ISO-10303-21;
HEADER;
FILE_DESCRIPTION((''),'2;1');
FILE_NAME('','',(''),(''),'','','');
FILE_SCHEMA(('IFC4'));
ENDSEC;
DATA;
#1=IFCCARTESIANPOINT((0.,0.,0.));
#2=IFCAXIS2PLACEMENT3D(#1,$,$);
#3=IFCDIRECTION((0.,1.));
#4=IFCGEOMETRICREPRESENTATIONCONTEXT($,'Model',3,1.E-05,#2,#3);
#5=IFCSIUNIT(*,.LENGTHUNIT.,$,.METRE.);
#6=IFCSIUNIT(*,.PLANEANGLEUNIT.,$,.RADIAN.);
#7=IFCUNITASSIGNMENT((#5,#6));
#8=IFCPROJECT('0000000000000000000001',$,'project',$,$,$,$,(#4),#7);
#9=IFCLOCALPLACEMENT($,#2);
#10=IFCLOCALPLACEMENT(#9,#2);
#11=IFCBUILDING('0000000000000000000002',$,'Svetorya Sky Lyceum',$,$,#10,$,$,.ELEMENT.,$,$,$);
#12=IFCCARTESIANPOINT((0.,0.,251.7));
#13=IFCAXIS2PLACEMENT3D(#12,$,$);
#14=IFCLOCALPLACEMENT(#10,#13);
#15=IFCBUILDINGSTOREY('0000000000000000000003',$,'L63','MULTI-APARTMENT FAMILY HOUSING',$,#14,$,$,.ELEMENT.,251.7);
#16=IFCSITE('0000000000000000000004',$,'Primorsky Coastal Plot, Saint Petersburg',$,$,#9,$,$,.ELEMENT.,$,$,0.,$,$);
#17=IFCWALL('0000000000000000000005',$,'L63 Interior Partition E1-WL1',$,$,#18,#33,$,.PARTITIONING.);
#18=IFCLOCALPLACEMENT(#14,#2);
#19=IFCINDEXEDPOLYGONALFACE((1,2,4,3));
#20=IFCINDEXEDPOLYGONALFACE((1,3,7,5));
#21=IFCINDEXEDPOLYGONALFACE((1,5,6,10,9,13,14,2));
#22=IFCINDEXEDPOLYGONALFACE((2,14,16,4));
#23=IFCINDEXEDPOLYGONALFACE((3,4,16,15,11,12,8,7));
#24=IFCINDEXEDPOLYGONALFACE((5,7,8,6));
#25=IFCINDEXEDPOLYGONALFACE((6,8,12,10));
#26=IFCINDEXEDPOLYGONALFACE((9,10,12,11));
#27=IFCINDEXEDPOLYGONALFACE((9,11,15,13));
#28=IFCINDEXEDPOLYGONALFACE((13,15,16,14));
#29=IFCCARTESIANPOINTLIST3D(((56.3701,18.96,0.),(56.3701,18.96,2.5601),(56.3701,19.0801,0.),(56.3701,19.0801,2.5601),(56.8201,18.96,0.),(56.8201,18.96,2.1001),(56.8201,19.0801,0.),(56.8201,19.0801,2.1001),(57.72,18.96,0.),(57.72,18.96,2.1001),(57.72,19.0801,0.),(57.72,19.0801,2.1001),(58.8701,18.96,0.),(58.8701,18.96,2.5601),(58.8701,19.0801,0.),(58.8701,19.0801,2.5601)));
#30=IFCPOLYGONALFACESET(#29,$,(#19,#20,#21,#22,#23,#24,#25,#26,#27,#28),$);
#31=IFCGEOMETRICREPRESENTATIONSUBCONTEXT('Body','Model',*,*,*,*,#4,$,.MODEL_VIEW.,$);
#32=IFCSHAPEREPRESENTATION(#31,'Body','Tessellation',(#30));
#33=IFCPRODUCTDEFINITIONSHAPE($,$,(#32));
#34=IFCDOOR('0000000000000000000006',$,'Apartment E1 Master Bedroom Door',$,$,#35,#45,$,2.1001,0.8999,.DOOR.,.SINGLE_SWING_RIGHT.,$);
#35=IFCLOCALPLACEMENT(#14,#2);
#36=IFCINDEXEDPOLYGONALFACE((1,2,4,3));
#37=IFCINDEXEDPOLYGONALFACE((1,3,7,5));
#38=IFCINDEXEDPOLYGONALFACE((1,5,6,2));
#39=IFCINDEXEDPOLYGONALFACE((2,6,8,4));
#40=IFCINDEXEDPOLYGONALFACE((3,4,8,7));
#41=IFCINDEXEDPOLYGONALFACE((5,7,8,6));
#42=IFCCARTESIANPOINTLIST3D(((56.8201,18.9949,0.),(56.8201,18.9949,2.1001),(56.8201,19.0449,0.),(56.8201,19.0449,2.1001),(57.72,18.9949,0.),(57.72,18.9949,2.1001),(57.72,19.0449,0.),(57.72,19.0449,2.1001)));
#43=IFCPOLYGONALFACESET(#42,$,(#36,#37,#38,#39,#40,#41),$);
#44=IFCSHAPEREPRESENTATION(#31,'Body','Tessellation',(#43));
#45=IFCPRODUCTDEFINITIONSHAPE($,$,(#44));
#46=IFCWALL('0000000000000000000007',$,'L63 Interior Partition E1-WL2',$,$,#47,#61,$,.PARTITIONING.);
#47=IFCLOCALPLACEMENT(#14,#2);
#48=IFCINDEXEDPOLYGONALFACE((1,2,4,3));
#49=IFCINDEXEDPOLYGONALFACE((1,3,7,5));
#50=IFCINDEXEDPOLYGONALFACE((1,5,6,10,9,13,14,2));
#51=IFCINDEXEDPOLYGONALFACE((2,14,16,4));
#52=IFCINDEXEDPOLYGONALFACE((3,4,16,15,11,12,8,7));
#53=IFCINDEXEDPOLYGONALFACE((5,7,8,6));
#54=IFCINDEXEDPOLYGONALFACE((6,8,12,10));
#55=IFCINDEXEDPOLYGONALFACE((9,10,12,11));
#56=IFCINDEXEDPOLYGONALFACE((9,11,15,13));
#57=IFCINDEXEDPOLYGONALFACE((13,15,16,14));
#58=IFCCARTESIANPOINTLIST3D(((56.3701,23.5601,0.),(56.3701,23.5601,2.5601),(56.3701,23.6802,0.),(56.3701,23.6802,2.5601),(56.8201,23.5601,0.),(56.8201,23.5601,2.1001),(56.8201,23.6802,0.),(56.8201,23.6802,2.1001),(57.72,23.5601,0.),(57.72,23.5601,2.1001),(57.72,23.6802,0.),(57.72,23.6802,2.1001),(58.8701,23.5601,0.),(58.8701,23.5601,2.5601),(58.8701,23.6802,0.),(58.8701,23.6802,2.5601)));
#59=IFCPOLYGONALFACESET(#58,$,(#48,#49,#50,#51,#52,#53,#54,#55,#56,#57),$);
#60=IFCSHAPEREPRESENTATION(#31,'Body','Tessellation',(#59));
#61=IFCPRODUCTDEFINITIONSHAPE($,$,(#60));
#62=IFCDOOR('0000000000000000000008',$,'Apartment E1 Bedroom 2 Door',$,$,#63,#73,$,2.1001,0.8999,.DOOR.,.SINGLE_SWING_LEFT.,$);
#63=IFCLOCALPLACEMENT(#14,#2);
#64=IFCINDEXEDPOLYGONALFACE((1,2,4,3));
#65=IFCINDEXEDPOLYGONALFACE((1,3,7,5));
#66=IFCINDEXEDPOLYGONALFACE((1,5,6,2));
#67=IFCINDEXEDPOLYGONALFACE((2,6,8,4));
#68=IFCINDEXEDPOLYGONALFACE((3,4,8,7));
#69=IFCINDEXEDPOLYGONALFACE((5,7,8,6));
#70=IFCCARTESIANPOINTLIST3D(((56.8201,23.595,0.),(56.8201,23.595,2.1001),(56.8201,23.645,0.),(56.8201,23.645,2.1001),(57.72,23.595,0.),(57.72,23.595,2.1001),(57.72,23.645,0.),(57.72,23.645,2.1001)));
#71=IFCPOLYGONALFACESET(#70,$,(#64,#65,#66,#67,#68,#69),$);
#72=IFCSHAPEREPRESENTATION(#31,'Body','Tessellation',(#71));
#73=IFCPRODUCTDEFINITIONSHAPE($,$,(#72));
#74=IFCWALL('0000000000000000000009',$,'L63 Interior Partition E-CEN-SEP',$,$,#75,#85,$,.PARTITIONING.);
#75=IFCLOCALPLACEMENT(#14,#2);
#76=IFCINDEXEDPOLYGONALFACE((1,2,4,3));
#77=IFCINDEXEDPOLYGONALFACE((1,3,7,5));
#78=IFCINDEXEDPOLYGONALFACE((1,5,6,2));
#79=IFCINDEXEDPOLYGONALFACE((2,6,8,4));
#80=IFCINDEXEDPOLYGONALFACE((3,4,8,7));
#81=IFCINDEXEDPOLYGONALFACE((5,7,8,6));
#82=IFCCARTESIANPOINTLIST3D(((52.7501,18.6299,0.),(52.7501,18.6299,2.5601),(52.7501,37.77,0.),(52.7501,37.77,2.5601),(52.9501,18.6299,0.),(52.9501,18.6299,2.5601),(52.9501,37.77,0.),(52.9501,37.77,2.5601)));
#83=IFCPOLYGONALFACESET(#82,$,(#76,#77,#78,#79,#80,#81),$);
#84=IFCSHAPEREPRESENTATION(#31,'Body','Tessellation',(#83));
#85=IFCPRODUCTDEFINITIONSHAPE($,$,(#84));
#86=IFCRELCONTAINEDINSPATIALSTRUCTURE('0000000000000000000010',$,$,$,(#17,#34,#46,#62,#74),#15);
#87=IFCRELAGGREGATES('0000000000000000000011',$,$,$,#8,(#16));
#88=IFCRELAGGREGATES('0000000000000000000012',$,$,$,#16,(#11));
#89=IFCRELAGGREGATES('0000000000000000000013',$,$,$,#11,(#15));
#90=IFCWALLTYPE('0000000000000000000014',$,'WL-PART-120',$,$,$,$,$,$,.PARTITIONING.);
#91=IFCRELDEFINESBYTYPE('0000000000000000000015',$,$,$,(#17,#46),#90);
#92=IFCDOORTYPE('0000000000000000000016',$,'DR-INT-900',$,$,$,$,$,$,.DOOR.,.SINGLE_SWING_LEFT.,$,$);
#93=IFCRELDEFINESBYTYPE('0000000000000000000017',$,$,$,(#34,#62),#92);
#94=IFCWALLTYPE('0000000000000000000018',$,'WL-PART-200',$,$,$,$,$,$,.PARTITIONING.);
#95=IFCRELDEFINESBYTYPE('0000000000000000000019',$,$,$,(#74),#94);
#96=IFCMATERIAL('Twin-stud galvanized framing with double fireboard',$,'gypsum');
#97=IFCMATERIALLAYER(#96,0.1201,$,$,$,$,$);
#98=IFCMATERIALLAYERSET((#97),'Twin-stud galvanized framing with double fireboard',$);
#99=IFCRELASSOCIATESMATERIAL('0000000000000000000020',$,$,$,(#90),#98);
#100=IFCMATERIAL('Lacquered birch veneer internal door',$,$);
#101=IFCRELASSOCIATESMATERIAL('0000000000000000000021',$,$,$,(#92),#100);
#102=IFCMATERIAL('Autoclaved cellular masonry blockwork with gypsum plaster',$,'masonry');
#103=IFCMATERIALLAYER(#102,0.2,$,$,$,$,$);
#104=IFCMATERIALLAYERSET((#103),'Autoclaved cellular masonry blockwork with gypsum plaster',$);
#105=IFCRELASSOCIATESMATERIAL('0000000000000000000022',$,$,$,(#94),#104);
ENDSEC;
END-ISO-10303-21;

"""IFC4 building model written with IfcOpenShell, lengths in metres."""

from ifc_helpers import new_model, si_unit, direction, frame, frame_2d, origin, place, context, subcontext, project, spatial, rectangle, extrude, material, layer, layer_set, type_object, element, fill, save


model = new_model("IFC4")

# Units and contexts
model_context = context("Model", 3, precision=1e-05, world=origin(), true_north=direction((0.0, 1.0)))
body_context = subcontext(model_context, "Body", "Model", "MODEL_VIEW")
ifc_project = project(units=[si_unit("LENGTHUNIT", "METRE"), si_unit("PLANEANGLEUNIT", "RADIAN")], contexts=[model_context])

# Site, building, storey
site_placement = place(None, origin())
site = spatial("IfcSite", under=ifc_project, at=site_placement, Name="Primorsky Coastal Plot, Saint Petersburg", CompositionType="ELEMENT", RefElevation=0.0)
building_placement = place(site_placement, origin())
building = spatial("IfcBuilding", under=site, at=building_placement, Name="Svetorya Sky Lyceum", CompositionType="ELEMENT")
storey_placement = place(building_placement, frame((0.0, 0.0, 251.7)))
storey = spatial("IfcBuildingStorey", under=building, at=storey_placement, Name="L63", Description="MULTI-APARTMENT FAMILY HOUSING", CompositionType="ELEMENT", Elevation=251.7)

# Walls, openings, doors
ifc_material_1 = material(Name="Twin-stud galvanized framing with double fireboard", Category="gypsum")
ifc_layer_1 = layer(ifc_material_1, 0.1201)
ifc_layer_set_1 = layer_set([ifc_layer_1], Name="Twin-stud galvanized framing with double fireboard")
wall_type_1 = type_object("IfcWallType", Name="WL-PART-120", PredefinedType="PARTITIONING", material=ifc_layer_set_1)
wall_1_placement = place(storey_placement, frame((56.3701, 19.02, 0.0), z_axis=(0.0, 0.0, 1.0), x_axis=(1.0, 0.0, 0.0)))
wall_1 = element("IfcWall", 1, at=wall_1_placement, inside=storey, type_object=wall_type_1, Name="L63 Interior Partition E1-WL1", PredefinedType="PARTITIONING", context=body_context, shape_type="SweptSolid", body=[
    extrude(rectangle(XDim=2.5, YDim=0.1201, at=frame_2d((1.25, 0.0))), origin(), (0.0, 0.0, 1.0), 2.5601),
])
opening_1_placement = place(wall_1_placement, frame((0.45, 0.0, 0.0)))
opening_1 = element("IfcOpeningElement", 2, at=opening_1_placement, cuts=wall_1, PredefinedType="OPENING", context=body_context, shape_type="SweptSolid", body=[
    extrude(rectangle(XDim=0.8999, YDim=2.1001, at=frame_2d((0.45, 1.05))), frame((0.0, 0.0701, 0.0), z_axis=(0.0, -1.0, 0.0), x_axis=(1.0, 0.0, 0.0)), (0.0, 0.0, 1.0), 0.1401),
])
ifc_material_2 = material(Name="Lacquered birch veneer internal door")
door_type = type_object("IfcDoorType", Name="DR-INT-900", OperationType="SINGLE_SWING_LEFT", PredefinedType="DOOR", material=ifc_material_2)
door_1_placement = place(opening_1_placement, origin())
door_1 = element("IfcDoor", 3, at=door_1_placement, inside=storey, type_object=door_type, Name="Apartment E1 Master Bedroom Door", OperationType="SINGLE_SWING_RIGHT", OverallHeight=2.1001, OverallWidth=0.8999, PredefinedType="DOOR", context=body_context, shape_type="SweptSolid", body=[
    extrude(rectangle(XDim=0.8999, YDim=2.1001, at=frame_2d((0.45, 1.05))), frame((0.0, 0.0249, 0.0), z_axis=(0.0, -1.0, 0.0), x_axis=(1.0, 0.0, 0.0)), (0.0, 0.0, 1.0), 0.05),
])
fill(opening_1, door_1)
wall_2_placement = place(storey_placement, frame((56.3701, 23.6201, 0.0), z_axis=(0.0, 0.0, 1.0), x_axis=(1.0, 0.0, 0.0)))
wall_2 = element("IfcWall", 4, at=wall_2_placement, inside=storey, type_object=wall_type_1, Name="L63 Interior Partition E1-WL2", PredefinedType="PARTITIONING", context=body_context, shape_type="SweptSolid", body=[
    extrude(rectangle(XDim=2.5, YDim=0.1201, at=frame_2d((1.25, 0.0))), origin(), (0.0, 0.0, 1.0), 2.5601),
])
opening_2_placement = place(wall_2_placement, frame((0.45, 0.0, 0.0)))
opening_2 = element("IfcOpeningElement", 5, at=opening_2_placement, cuts=wall_2, PredefinedType="OPENING", context=body_context, shape_type="SweptSolid", body=[
    extrude(rectangle(XDim=0.8999, YDim=2.1001, at=frame_2d((0.45, 1.05))), frame((0.0, 0.0701, 0.0), z_axis=(0.0, -1.0, 0.0), x_axis=(1.0, 0.0, 0.0)), (0.0, 0.0, 1.0), 0.1401),
])
door_2_placement = place(opening_2_placement, origin())
door_2 = element("IfcDoor", 6, at=door_2_placement, inside=storey, type_object=door_type, Name="Apartment E1 Bedroom 2 Door", OperationType="SINGLE_SWING_LEFT", OverallHeight=2.1001, OverallWidth=0.8999, PredefinedType="DOOR", context=body_context, shape_type="SweptSolid", body=[
    extrude(rectangle(XDim=0.8999, YDim=2.1001, at=frame_2d((0.45, 1.05))), frame((0.0, 0.0249, 0.0), z_axis=(0.0, -1.0, 0.0), x_axis=(1.0, 0.0, 0.0)), (0.0, 0.0, 1.0), 0.05),
])
fill(opening_2, door_2)

# Wall
ifc_material_3 = material(Name="Autoclaved cellular masonry blockwork with gypsum plaster", Category="masonry")
ifc_layer_2 = layer(ifc_material_3, 0.2)
ifc_layer_set_2 = layer_set([ifc_layer_2], Name="Autoclaved cellular masonry blockwork with gypsum plaster")
wall_type_2 = type_object("IfcWallType", Name="WL-PART-200", PredefinedType="PARTITIONING", material=ifc_layer_set_2)
wall_3_placement = place(storey_placement, frame((52.8501, 18.6299, 0.0), z_axis=(0.0, 0.0, 1.0), x_axis=(0.0, 1.0, 0.0)))
element("IfcWall", 7, at=wall_3_placement, inside=storey, type_object=wall_type_2, Name="L63 Interior Partition E-CEN-SEP", PredefinedType="PARTITIONING", context=body_context, shape_type="SweptSolid", body=[
    extrude(rectangle(XDim=19.1401, YDim=0.2, at=frame_2d((9.5701, 0.0))), origin(), (0.0, 0.0, 1.0), 2.5601),
])

save(model, "model.ifc")
